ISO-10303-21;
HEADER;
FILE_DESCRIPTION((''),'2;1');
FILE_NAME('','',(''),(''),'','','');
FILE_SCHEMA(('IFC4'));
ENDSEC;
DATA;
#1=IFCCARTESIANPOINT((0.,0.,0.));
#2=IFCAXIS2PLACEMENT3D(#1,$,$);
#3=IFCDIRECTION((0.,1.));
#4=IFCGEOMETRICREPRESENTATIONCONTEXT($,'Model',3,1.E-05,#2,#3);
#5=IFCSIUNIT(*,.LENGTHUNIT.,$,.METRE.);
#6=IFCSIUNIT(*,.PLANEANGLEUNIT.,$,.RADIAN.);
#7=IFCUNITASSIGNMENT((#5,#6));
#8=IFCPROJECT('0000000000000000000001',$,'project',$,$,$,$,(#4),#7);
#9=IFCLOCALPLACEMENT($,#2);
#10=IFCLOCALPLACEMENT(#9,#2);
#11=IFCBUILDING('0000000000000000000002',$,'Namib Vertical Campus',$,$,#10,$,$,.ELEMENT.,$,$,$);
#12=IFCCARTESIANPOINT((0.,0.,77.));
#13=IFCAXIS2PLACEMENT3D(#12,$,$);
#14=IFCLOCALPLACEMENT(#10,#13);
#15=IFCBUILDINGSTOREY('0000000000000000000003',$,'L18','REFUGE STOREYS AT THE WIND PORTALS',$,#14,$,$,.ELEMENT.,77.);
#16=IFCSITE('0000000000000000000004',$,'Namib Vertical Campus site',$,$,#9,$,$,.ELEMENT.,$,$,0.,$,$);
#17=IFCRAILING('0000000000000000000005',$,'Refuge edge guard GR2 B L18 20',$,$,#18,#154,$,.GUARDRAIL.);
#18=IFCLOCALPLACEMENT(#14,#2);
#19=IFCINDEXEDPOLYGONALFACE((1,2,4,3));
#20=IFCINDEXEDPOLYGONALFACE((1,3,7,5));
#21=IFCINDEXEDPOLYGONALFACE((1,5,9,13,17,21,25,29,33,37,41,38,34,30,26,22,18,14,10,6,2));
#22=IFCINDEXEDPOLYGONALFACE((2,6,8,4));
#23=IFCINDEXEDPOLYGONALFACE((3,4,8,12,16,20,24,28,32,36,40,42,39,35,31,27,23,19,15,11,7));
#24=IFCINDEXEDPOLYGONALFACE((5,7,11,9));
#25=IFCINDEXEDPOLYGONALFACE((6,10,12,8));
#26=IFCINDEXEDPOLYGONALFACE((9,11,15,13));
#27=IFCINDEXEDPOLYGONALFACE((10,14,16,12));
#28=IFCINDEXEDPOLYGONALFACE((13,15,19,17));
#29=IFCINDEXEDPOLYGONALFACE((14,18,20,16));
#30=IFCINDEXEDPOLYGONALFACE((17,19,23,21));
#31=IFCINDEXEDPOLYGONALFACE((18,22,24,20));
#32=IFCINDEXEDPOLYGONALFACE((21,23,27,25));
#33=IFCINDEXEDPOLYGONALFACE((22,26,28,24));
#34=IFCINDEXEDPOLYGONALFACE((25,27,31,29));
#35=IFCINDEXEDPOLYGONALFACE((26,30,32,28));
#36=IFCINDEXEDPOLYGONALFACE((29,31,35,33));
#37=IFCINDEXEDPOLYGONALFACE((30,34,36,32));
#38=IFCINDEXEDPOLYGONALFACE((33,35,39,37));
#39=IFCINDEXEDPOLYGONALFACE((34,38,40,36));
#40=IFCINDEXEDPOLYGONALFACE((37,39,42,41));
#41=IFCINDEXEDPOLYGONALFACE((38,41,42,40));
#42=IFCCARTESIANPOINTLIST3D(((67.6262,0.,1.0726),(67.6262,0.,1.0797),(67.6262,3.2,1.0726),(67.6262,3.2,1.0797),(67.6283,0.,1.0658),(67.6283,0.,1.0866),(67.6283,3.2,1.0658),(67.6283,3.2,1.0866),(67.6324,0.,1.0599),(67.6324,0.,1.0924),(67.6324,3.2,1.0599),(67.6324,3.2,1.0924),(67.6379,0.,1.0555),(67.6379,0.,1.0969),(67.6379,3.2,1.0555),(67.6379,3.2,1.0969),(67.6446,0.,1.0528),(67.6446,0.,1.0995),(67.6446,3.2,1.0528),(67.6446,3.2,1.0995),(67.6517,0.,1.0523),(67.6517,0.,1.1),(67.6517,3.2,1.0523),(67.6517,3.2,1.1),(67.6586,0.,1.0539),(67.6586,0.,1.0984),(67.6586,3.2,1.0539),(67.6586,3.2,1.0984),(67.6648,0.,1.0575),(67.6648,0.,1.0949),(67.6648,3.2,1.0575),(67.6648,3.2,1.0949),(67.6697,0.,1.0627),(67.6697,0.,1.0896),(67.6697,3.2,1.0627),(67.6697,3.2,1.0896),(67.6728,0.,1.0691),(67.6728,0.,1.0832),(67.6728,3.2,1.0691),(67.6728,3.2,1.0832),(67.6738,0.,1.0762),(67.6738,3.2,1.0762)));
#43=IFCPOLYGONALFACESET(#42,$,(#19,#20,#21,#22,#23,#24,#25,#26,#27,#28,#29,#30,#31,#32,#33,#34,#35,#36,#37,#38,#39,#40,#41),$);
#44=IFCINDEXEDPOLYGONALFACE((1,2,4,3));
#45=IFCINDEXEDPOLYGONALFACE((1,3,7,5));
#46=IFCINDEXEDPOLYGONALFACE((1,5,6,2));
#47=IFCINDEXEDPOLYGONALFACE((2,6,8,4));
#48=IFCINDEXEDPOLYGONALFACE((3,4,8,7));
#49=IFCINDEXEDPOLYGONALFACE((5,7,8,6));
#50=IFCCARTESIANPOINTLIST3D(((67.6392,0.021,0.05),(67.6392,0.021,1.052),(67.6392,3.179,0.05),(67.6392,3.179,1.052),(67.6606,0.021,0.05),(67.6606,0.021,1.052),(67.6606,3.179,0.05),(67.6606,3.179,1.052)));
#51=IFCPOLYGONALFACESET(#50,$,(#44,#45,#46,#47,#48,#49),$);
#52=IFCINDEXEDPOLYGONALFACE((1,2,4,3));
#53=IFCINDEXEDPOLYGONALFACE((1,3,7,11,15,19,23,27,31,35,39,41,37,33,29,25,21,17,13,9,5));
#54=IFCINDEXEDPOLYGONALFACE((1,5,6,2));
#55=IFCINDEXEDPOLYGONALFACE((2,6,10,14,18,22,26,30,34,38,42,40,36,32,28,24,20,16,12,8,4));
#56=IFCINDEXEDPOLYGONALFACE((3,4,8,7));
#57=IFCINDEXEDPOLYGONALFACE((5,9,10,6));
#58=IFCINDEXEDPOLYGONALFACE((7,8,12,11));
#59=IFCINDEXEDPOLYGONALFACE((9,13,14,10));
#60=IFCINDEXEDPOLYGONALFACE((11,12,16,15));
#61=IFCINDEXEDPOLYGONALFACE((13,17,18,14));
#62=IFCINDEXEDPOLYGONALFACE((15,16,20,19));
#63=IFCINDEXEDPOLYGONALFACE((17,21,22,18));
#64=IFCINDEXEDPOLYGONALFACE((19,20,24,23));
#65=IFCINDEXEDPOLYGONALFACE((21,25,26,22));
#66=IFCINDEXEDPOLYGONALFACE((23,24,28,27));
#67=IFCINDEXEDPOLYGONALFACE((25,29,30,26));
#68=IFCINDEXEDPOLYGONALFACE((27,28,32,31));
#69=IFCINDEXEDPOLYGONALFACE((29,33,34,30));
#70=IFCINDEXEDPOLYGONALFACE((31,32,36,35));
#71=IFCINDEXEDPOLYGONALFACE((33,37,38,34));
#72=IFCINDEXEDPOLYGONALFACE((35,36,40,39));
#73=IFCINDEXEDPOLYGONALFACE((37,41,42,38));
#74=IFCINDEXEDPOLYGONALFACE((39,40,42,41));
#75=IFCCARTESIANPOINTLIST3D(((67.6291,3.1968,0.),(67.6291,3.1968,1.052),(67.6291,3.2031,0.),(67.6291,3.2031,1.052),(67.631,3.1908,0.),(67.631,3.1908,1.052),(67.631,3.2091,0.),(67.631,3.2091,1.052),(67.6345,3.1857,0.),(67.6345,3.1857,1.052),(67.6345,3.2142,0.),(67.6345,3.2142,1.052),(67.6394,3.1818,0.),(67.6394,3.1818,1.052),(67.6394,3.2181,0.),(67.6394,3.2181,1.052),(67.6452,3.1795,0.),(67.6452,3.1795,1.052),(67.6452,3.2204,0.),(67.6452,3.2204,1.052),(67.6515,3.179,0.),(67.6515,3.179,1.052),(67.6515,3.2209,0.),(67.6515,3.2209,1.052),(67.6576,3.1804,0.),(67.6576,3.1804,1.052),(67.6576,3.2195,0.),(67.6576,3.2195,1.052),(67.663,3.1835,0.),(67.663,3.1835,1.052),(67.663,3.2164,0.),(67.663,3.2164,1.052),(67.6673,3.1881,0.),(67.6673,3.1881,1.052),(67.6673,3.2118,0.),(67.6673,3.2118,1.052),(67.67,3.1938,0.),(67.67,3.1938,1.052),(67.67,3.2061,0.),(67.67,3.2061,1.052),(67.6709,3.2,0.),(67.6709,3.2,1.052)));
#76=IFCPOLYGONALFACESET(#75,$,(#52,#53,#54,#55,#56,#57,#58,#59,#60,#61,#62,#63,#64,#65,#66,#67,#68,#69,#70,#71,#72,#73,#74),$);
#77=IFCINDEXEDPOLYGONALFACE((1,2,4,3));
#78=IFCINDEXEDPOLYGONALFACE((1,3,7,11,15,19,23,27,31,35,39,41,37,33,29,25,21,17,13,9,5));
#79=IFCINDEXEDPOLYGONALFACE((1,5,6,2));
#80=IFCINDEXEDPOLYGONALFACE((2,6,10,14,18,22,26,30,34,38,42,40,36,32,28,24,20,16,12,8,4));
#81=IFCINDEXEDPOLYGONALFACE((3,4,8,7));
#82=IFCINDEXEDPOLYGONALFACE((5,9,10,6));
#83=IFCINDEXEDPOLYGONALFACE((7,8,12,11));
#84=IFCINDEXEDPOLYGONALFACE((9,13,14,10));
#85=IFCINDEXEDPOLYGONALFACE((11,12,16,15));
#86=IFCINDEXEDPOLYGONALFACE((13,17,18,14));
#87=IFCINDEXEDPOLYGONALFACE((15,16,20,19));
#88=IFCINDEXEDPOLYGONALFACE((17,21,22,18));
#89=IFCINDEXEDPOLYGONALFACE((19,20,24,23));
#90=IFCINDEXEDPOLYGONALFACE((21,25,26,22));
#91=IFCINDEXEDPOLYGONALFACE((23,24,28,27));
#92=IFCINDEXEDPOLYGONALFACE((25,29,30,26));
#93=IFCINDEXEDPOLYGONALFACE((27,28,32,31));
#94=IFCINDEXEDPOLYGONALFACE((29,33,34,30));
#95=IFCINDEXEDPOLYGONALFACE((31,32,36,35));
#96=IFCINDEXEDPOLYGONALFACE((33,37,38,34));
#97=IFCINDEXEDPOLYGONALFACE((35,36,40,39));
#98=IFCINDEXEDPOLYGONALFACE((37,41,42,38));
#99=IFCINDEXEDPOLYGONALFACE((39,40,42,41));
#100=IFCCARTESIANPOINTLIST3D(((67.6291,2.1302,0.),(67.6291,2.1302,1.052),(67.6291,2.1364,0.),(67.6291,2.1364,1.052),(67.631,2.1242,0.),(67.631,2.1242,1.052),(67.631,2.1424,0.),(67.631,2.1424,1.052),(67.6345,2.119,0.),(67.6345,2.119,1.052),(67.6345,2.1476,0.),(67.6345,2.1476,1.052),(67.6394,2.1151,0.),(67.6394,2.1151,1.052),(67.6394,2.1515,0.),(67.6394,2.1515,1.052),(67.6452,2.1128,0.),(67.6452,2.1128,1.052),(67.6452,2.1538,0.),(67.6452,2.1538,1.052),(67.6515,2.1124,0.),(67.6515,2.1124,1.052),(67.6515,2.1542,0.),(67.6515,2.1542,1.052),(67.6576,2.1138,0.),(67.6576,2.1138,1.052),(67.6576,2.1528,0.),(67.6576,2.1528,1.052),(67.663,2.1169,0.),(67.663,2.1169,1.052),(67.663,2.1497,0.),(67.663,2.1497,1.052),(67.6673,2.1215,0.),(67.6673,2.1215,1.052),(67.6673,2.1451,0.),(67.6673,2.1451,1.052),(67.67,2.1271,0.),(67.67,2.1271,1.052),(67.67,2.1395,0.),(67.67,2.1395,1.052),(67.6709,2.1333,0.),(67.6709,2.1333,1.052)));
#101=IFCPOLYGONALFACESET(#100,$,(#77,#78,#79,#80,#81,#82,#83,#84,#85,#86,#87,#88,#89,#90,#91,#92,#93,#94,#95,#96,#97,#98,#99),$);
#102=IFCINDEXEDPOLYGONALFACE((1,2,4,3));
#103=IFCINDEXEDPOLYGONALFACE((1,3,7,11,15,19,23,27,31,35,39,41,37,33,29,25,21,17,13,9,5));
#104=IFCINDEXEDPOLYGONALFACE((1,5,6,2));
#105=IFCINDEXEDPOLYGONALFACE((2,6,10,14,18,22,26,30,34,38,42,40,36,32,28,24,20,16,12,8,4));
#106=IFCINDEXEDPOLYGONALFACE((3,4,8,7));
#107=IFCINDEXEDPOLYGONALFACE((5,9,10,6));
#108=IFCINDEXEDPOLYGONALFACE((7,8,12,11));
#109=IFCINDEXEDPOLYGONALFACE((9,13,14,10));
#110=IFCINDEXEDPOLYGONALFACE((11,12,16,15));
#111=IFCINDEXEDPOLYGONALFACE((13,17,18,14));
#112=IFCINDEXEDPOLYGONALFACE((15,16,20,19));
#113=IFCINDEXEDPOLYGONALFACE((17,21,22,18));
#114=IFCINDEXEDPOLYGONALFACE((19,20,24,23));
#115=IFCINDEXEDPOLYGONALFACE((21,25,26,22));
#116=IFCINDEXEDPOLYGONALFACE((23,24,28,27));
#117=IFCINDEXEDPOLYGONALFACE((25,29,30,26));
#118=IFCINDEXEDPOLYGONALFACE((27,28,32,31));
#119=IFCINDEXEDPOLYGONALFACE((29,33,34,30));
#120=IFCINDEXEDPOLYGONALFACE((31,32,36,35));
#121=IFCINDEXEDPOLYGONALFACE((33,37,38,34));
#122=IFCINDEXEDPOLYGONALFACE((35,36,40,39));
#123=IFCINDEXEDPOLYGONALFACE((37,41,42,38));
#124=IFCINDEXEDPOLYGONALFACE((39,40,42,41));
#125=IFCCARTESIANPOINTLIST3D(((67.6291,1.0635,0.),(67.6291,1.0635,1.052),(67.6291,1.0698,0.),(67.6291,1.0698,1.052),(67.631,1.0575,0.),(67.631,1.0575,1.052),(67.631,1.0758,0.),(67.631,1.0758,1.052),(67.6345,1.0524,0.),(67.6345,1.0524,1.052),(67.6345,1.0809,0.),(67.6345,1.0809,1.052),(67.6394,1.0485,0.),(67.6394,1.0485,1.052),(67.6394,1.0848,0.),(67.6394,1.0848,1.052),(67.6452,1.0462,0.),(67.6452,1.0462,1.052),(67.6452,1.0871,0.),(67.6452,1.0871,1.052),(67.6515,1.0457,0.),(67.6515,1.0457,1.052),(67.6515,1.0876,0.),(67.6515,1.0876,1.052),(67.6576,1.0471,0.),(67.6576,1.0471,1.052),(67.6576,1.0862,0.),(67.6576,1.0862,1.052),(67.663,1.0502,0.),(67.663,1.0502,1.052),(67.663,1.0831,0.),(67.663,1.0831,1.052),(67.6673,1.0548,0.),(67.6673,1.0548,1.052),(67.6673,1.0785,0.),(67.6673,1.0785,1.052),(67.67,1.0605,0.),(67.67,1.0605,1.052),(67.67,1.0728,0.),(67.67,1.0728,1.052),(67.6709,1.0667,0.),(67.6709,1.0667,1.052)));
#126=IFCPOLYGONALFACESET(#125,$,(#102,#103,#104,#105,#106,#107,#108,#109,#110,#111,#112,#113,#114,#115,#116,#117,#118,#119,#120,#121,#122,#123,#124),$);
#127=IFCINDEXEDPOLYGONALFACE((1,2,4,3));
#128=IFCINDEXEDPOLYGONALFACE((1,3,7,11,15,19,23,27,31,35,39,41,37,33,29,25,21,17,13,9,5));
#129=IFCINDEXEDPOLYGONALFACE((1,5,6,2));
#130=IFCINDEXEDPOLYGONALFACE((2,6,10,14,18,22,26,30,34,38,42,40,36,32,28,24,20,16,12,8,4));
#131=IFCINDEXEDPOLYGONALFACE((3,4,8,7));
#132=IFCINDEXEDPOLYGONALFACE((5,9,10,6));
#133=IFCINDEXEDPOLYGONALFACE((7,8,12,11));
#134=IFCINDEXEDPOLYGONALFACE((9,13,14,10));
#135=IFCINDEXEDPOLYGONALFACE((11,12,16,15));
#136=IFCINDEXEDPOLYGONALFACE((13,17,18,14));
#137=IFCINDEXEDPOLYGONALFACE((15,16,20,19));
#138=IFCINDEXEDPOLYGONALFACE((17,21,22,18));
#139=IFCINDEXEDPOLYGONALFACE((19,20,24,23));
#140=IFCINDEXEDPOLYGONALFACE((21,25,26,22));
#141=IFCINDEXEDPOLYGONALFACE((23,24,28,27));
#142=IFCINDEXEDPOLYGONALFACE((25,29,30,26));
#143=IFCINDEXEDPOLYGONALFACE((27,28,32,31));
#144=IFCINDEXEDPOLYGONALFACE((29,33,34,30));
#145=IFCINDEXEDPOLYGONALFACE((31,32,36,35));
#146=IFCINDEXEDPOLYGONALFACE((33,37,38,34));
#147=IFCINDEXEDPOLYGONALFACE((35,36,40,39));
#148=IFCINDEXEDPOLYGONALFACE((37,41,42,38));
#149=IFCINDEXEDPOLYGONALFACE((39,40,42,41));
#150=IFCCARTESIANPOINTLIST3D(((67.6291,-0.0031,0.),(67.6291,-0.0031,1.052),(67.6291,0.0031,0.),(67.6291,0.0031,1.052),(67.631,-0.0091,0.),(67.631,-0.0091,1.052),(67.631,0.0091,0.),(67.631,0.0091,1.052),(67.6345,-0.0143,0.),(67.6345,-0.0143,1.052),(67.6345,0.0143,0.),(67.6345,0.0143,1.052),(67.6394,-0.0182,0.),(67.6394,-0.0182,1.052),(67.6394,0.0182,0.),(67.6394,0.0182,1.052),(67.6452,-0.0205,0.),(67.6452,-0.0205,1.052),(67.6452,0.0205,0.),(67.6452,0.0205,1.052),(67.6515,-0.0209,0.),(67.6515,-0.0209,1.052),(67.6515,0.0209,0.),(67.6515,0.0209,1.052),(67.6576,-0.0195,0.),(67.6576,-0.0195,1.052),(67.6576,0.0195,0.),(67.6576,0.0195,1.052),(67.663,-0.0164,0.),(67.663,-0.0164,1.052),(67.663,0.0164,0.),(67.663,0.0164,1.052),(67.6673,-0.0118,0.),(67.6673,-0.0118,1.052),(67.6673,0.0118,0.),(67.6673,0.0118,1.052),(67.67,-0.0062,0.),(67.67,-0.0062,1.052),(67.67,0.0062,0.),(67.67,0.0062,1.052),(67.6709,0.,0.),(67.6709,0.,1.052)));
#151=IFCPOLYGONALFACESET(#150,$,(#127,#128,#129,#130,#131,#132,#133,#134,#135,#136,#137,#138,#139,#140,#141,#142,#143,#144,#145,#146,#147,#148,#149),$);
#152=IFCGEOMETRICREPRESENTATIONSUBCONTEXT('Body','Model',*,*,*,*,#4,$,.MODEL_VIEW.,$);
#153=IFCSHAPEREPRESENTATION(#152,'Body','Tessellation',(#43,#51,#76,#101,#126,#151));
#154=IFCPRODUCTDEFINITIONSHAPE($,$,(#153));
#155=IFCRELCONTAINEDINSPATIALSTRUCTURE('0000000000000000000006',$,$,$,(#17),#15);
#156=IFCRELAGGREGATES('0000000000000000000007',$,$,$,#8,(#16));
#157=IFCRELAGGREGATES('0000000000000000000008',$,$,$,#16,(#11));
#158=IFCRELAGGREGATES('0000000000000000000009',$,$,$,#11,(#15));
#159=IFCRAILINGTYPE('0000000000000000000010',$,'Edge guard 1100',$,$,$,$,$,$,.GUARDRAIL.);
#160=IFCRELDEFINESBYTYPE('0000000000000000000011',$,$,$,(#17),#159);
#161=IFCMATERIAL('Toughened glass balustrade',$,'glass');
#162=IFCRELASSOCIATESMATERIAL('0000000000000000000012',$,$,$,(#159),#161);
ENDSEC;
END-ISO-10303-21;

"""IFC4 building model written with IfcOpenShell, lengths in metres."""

from ifc_helpers import new_model, si_unit, direction, frame, origin, origin_2d, place, context, subcontext, project, spatial, polyline, circle, outline, extrude, material, type_object, element, save


model = new_model("IFC4")

# Units and contexts
model_context = context("Model", 3, precision=1e-05, world=origin(), true_north=direction((0.0, 1.0)))
body_context = subcontext(model_context, "Body", "Model", "MODEL_VIEW")
ifc_project = project(units=[si_unit("LENGTHUNIT", "METRE"), si_unit("PLANEANGLEUNIT", "RADIAN")], contexts=[model_context])

# Site, building, storey
site_placement = place(None, origin())
site = spatial("IfcSite", under=ifc_project, at=site_placement, Name="Namib Vertical Campus site", CompositionType="ELEMENT", RefElevation=0.0)
building_placement = place(site_placement, origin())
building = spatial("IfcBuilding", under=site, at=building_placement, Name="Namib Vertical Campus", CompositionType="ELEMENT")
storey_placement = place(building_placement, frame((0.0, 0.0, 77.0)))
storey = spatial("IfcBuildingStorey", under=building, at=storey_placement, Name="L18", Description="REFUGE STOREYS AT THE WIND PORTALS", CompositionType="ELEMENT", Elevation=77.0)

# Railing
ifc_material_1 = material(Name="Toughened glass balustrade", Category="glass")
railing_type_1 = type_object("IfcRailingType", Name="Edge guard 1100", PredefinedType="GUARDRAIL", material=ifc_material_1)
railing_1_placement = place(storey_placement, frame((67.6499, 3.2, 0.0)))
element("IfcRailing", 1, at=railing_1_placement, inside=storey, type_object=railing_type_1, Name="Refuge edge guard GR2 B L18 20", PredefinedType="GUARDRAIL", context=body_context, shape_type="SweptSolid", body=[
    extrude(circle(Radius=0.0239, at=origin_2d()), frame((0.0, 0.0, 1.0762), z_axis=(0.0, -1.0, 0.0), x_axis=(1.0, 0.0, 0.0)), (0.0, 0.0, 1.0), 3.2),
    extrude(outline(polyline([(0.021, 0.05), (3.179, 0.05), (3.179, 1.052), (0.021, 1.052), (0.021, 0.05)])), frame((0.0107, 0.0, 0.0), z_axis=(-1.0, 0.0, 0.0), x_axis=(0.0, -1.0, 0.0)), (0.0, 0.0, 1.0), 0.0215),
    extrude(circle(Radius=0.021, at=origin_2d()), origin(), (0.0, 0.0, 1.0), 1.052),
    extrude(circle(Radius=0.021, at=origin_2d()), frame((0.0, -1.0667, 0.0)), (0.0, 0.0, 1.0), 1.052),
    extrude(circle(Radius=0.021, at=origin_2d()), frame((0.0, -2.1333, 0.0)), (0.0, 0.0, 1.0), 1.052),
    extrude(circle(Radius=0.021, at=origin_2d()), frame((0.0, -3.2, 0.0)), (0.0, 0.0, 1.0), 1.052),
])

save(model, "model.ifc")
